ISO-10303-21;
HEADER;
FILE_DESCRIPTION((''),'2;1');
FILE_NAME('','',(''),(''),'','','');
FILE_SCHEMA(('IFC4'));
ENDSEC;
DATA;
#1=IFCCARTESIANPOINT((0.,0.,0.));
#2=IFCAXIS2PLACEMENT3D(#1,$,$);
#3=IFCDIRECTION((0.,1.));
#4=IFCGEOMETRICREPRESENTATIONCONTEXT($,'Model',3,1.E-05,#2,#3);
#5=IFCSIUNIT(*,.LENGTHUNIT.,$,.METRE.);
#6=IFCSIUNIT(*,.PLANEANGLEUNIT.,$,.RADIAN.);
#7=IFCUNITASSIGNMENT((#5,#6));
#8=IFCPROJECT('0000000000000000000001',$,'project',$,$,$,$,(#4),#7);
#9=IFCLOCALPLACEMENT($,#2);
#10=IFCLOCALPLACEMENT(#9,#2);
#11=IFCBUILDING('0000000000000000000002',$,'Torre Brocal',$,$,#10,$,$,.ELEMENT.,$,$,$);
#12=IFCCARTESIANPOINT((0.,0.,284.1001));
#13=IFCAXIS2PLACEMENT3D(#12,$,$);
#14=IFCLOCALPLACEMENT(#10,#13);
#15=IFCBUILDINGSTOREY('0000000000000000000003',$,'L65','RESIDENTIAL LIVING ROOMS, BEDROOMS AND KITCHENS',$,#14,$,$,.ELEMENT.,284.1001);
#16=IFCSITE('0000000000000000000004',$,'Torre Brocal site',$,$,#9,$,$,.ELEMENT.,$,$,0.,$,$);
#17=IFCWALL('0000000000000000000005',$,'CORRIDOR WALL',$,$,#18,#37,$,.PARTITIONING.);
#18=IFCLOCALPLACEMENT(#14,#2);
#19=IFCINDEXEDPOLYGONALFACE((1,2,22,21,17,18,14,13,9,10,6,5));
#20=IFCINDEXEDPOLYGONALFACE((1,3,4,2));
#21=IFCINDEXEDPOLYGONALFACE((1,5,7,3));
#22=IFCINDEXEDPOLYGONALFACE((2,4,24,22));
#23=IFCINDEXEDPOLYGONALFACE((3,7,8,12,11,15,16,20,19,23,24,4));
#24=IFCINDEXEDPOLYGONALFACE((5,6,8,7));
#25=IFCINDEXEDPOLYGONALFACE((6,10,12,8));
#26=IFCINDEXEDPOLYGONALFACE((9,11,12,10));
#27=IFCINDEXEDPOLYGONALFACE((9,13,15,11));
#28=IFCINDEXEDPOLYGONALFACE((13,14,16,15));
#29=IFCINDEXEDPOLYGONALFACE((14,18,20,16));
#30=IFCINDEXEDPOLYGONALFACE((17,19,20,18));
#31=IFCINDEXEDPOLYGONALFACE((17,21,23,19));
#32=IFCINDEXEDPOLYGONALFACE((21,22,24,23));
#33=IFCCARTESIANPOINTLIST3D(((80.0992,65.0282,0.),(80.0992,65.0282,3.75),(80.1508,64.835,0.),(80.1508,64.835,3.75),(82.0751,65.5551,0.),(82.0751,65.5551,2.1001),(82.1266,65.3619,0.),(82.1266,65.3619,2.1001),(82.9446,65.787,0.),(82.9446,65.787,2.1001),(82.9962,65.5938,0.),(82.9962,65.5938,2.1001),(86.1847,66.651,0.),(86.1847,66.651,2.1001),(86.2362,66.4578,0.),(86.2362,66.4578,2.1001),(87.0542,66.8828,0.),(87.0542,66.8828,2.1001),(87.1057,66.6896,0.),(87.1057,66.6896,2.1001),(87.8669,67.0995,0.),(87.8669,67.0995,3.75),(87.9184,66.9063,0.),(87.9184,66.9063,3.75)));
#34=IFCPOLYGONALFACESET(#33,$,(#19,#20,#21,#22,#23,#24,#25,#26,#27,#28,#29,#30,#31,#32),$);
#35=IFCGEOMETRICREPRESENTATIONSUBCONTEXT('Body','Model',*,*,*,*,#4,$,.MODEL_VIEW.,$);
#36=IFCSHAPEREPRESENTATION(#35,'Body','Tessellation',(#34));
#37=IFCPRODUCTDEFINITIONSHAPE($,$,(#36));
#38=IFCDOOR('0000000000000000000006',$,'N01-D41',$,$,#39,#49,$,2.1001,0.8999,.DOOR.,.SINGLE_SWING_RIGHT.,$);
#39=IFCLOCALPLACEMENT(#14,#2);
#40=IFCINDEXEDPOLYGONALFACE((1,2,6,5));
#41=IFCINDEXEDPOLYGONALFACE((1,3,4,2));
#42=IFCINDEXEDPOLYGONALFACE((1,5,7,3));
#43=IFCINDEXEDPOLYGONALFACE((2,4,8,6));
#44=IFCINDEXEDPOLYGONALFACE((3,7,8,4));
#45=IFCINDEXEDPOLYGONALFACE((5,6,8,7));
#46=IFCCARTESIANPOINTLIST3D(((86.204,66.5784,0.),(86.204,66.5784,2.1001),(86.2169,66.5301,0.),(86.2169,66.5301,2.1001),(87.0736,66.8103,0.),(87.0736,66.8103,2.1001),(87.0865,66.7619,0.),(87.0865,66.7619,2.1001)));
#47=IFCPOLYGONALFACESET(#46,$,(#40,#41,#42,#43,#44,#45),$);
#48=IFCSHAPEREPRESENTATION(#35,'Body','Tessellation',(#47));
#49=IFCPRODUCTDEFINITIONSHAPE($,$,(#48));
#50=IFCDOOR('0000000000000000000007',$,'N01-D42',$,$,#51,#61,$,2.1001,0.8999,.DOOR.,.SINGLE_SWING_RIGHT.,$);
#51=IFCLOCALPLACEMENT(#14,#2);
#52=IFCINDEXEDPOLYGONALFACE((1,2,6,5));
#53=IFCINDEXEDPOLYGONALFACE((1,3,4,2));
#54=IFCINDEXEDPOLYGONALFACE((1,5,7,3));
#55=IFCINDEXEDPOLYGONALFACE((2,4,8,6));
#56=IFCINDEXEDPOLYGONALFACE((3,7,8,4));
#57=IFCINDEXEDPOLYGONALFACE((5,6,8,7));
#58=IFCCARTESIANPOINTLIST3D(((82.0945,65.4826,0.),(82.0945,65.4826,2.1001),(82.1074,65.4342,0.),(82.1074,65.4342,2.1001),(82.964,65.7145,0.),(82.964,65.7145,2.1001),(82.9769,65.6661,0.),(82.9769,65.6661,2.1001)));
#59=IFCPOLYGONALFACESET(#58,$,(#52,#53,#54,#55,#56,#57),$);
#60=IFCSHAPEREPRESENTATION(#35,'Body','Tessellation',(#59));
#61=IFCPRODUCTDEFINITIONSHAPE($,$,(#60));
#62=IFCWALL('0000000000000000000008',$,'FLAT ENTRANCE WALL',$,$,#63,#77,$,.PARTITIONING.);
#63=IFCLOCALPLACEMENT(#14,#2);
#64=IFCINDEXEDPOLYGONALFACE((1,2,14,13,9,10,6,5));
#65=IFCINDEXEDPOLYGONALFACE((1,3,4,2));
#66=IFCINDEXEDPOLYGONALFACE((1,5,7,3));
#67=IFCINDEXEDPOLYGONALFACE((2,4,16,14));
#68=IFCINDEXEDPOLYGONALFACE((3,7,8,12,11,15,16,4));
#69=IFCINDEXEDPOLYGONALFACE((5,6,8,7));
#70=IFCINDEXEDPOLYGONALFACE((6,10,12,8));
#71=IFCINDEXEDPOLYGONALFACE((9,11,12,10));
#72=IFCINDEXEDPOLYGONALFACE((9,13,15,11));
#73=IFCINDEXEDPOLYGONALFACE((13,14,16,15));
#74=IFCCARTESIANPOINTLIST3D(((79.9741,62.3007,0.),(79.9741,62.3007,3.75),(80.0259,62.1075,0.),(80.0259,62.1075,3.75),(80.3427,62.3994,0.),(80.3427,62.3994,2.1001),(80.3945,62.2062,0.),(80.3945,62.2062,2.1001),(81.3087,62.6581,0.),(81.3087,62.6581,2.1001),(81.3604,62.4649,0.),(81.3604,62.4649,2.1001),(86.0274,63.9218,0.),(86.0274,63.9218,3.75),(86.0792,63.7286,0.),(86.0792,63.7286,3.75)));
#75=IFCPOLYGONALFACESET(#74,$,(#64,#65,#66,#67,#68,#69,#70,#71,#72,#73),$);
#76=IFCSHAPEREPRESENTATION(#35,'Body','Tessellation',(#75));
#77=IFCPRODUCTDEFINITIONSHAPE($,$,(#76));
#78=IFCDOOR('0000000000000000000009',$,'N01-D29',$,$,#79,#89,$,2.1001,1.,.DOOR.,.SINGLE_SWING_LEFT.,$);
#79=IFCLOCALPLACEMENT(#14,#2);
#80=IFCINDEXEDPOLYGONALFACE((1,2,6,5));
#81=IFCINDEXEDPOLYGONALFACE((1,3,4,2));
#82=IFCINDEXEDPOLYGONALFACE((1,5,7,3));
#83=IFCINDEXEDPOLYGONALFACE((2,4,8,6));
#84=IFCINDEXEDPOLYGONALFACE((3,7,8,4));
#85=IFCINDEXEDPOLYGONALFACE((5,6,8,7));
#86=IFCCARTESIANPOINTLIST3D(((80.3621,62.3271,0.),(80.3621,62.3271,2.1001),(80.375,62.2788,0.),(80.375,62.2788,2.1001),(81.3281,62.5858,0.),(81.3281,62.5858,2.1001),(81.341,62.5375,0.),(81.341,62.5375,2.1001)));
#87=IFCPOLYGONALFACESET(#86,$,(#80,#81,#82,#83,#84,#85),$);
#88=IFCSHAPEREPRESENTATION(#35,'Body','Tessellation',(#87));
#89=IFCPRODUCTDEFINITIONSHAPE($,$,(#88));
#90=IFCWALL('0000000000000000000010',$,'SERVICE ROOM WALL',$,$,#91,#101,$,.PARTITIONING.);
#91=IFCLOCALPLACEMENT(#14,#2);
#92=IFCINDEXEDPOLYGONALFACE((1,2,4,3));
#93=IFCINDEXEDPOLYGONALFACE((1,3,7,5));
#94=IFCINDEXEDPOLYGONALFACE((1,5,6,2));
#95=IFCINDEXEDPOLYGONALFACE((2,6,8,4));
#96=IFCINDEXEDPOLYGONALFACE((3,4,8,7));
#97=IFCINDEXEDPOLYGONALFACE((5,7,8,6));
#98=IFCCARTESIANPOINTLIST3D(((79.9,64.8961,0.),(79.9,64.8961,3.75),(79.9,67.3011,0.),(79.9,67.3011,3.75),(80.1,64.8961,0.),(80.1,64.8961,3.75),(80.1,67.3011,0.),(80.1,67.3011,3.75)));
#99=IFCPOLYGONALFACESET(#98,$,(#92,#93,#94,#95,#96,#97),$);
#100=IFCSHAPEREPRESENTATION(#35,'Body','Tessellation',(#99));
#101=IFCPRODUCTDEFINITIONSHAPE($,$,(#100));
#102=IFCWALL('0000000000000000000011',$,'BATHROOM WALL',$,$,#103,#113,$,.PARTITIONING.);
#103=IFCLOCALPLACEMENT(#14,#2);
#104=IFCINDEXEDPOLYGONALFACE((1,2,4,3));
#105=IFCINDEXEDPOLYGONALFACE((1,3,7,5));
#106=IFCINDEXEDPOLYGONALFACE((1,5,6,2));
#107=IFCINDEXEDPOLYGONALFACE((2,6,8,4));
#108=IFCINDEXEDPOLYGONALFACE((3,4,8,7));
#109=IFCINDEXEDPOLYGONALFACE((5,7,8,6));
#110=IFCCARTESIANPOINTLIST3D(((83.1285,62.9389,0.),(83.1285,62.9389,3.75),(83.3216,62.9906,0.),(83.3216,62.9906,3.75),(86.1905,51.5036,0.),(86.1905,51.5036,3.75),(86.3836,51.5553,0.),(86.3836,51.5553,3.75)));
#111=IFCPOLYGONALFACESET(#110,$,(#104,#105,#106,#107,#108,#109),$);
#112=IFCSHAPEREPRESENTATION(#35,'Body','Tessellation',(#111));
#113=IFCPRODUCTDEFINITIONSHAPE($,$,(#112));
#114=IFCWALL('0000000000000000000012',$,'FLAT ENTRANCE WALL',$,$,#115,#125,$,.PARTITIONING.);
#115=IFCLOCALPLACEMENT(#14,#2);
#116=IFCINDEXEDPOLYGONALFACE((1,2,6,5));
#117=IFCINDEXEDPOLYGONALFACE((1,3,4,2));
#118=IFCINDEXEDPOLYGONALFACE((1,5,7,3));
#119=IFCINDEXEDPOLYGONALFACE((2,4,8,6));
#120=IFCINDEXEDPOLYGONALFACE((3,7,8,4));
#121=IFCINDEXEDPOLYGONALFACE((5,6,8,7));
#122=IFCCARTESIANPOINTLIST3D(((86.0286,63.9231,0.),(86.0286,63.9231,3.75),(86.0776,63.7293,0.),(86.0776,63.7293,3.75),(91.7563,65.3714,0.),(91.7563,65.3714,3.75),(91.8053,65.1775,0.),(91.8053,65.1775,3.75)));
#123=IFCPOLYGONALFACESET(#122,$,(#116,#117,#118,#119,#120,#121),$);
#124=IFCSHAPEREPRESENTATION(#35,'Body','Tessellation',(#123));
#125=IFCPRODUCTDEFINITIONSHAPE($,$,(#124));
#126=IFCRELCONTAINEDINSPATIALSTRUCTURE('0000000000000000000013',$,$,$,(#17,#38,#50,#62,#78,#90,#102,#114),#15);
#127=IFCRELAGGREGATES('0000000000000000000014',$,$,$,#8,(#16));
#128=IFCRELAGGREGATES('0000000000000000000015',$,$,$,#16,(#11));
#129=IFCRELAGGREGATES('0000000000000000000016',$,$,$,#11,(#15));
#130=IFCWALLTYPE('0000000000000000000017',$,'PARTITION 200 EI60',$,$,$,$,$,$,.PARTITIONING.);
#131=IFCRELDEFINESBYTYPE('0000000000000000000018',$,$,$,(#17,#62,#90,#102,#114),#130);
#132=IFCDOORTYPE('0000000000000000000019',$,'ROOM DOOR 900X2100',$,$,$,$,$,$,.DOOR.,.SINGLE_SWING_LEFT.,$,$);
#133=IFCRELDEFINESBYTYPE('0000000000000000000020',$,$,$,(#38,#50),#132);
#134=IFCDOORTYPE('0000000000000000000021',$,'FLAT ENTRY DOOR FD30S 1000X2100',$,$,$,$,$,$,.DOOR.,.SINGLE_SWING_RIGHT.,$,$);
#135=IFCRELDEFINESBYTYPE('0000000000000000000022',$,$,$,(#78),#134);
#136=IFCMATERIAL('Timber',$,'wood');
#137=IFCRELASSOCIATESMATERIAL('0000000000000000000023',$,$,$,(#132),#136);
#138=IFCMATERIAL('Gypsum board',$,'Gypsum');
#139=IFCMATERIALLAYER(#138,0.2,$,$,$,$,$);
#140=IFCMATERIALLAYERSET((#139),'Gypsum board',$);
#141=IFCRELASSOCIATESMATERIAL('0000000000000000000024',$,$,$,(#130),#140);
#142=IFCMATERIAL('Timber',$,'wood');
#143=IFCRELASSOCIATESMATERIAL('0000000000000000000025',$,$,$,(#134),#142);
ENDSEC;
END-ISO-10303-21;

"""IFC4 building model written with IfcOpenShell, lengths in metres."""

from ifc_helpers import new_model, si_unit, direction, frame, frame_2d, origin, place, context, subcontext, project, spatial, rectangle, extrude, material, layer, layer_set, type_object, element, fill, save


model = new_model("IFC4")

# Units and contexts
model_context = context("Model", 3, precision=1e-05, world=origin(), true_north=direction((0.0, 1.0)))
body_context = subcontext(model_context, "Body", "Model", "MODEL_VIEW")
ifc_project = project(units=[si_unit("LENGTHUNIT", "METRE"), si_unit("PLANEANGLEUNIT", "RADIAN")], contexts=[model_context])

# Site, building, storey
site_placement = place(None, origin())
site = spatial("IfcSite", under=ifc_project, at=site_placement, Name="Torre Brocal site", CompositionType="ELEMENT", RefElevation=0.0)
building_placement = place(site_placement, origin())
building = spatial("IfcBuilding", under=site, at=building_placement, Name="Torre Brocal", CompositionType="ELEMENT")
storey_placement = place(building_placement, frame((0.0, 0.0, 284.1001)))
storey = spatial("IfcBuildingStorey", under=building, at=storey_placement, Name="L65", Description="RESIDENTIAL LIVING ROOMS, BEDROOMS AND KITCHENS", CompositionType="ELEMENT", Elevation=284.1001)

# Shared definitions
ifc_material_1 = material(Name="Timber", Category="wood")
door_type_1 = type_object("IfcDoorType", Name="ROOM DOOR 900X2100", OperationType="SINGLE_SWING_LEFT", PredefinedType="DOOR", material=ifc_material_1)

# Wall, openings, doors
ifc_material_2 = material(Name="Gypsum board", Category="Gypsum")
ifc_layer_1 = layer(ifc_material_2, 0.2)
ifc_layer_set_1 = layer_set([ifc_layer_1], Name="Gypsum board")
wall_type_1 = type_object("IfcWallType", Name="PARTITION 200 EI60", PredefinedType="PARTITIONING", material=ifc_layer_set_1)
wall_1_placement = place(storey_placement, frame((80.125, 64.9316, 0.0), z_axis=(0.0, 0.0, 1.0), x_axis=(0.966237, 0.257655, 0.0)))
wall_1 = element("IfcWall", 1, at=wall_1_placement, inside=storey, type_object=wall_type_1, Name="CORRIDOR WALL", PredefinedType="PARTITIONING", context=body_context, shape_type="SweptSolid", body=[
    extrude(rectangle(XDim=8.0391, YDim=0.2, at=frame_2d((4.0195, 0.0))), origin(), (0.0, 0.0, 1.0), 3.75),
])
opening_1_placement = place(wall_1_placement, frame((6.2981, 0.0, 0.0)))
opening_1 = element("IfcOpeningElement", 2, at=opening_1_placement, cuts=wall_1, PredefinedType="OPENING", context=body_context, shape_type="SweptSolid", body=[
    extrude(rectangle(XDim=0.8999, YDim=2.1001, at=frame_2d((0.45, 1.05))), frame((0.0, 0.1099, 0.0), z_axis=(0.0, -1.0, 0.0), x_axis=(1.0, 0.0, 0.0)), (0.0, 0.0, 1.0), 0.22),
])
opening_2_placement = place(wall_1_placement, frame((2.0449, 0.0, 0.0)))
opening_2 = element("IfcOpeningElement", 3, at=opening_2_placement, cuts=wall_1, PredefinedType="OPENING", context=body_context, shape_type="SweptSolid", body=[
    extrude(rectangle(XDim=0.8999, YDim=2.1001, at=frame_2d((0.45, 1.05))), frame((0.0, 0.1099, 0.0), z_axis=(0.0, -1.0, 0.0), x_axis=(1.0, 0.0, 0.0)), (0.0, 0.0, 1.0), 0.22),
])
door_1_placement = place(opening_1_placement, origin())
door_1 = element("IfcDoor", 4, at=door_1_placement, inside=storey, type_object=door_type_1, Name="N01-D41", OperationType="SINGLE_SWING_RIGHT", OverallHeight=2.1001, OverallWidth=0.8999, PredefinedType="DOOR", context=body_context, shape_type="SweptSolid", body=[
    extrude(rectangle(XDim=0.8999, YDim=2.1001, at=frame_2d((0.45, 1.05))), frame((0.0, 0.0249, 0.0), z_axis=(0.0, -1.0, 0.0), x_axis=(1.0, 0.0, 0.0)), (0.0, 0.0, 1.0), 0.05),
])
fill(opening_1, door_1)
door_2_placement = place(opening_2_placement, origin())
door_2 = element("IfcDoor", 5, at=door_2_placement, inside=storey, type_object=door_type_1, Name="N01-D42", OperationType="SINGLE_SWING_RIGHT", OverallHeight=2.1001, OverallWidth=0.8999, PredefinedType="DOOR", context=body_context, shape_type="SweptSolid", body=[
    extrude(rectangle(XDim=0.8999, YDim=2.1001, at=frame_2d((0.45, 1.05))), frame((0.0, 0.0249, 0.0), z_axis=(0.0, -1.0, 0.0), x_axis=(1.0, 0.0, 0.0)), (0.0, 0.0, 1.0), 0.05),
])
fill(opening_2, door_2)

# Wall, opening, door
wall_2_placement = place(storey_placement, frame((80.0, 62.2041, 0.0), z_axis=(0.0, 0.0, 1.0), x_axis=(0.96596, 0.258691, 0.0)))
wall_2 = element("IfcWall", 6, at=wall_2_placement, inside=storey, type_object=wall_type_1, Name="FLAT ENTRANCE WALL", PredefinedType="PARTITIONING", context=body_context, shape_type="SweptSolid", body=[
    extrude(rectangle(XDim=6.2666, YDim=0.2, at=frame_2d((3.1333, 0.0))), origin(), (0.0, 0.0, 1.0), 3.75),
])
opening_3_placement = place(wall_2_placement, frame((0.3816, 0.0, 0.0)))
opening_3 = element("IfcOpeningElement", 7, at=opening_3_placement, cuts=wall_2, PredefinedType="OPENING", context=body_context, shape_type="SweptSolid", body=[
    extrude(rectangle(XDim=1.0, YDim=2.1001, at=frame_2d((0.5, 1.05))), frame((0.0, 0.1099, 0.0), z_axis=(0.0, -1.0, 0.0), x_axis=(1.0, 0.0, 0.0)), (0.0, 0.0, 1.0), 0.22),
])
ifc_material_3 = material(Name="Timber", Category="wood")
door_type_2 = type_object("IfcDoorType", Name="FLAT ENTRY DOOR FD30S 1000X2100", OperationType="SINGLE_SWING_RIGHT", PredefinedType="DOOR", material=ifc_material_3)
door_3_placement = place(opening_3_placement, frame((1.0, 0.0, 0.0), z_axis=(0.0, 0.0, 1.0), x_axis=(-1.0, 0.0, 0.0)))
door_3 = element("IfcDoor", 8, at=door_3_placement, inside=storey, type_object=door_type_2, Name="N01-D29", OperationType="SINGLE_SWING_LEFT", OverallHeight=2.1001, OverallWidth=1.0, PredefinedType="DOOR", context=body_context, shape_type="SweptSolid", body=[
    extrude(rectangle(XDim=1.0, YDim=2.1001, at=frame_2d((0.5, 1.05))), frame((0.0, 0.0249, 0.0), z_axis=(0.0, -1.0, 0.0), x_axis=(1.0, 0.0, 0.0)), (0.0, 0.0, 1.0), 0.05),
])
fill(opening_3, door_3)

# Walls
wall_3_placement = place(storey_placement, frame((80.0, 64.896, 0.0), z_axis=(0.0, 0.0, 1.0), x_axis=(0.0, 1.0, 0.0)))
element("IfcWall", 9, at=wall_3_placement, inside=storey, type_object=wall_type_1, Name="SERVICE ROOM WALL", PredefinedType="PARTITIONING", context=body_context, shape_type="SweptSolid", body=[
    extrude(rectangle(XDim=2.405, YDim=0.2, at=frame_2d((1.2026, 0.0))), origin(), (0.0, 0.0, 1.0), 3.75),
])
wall_4_placement = place(storey_placement, frame((83.2251, 62.9646, 0.0), z_axis=(0.0, 0.0, 1.0), x_axis=(0.258656, -0.965969, 0.0)))
element("IfcWall", 10, at=wall_4_placement, inside=storey, type_object=wall_type_1, Name="BATHROOM WALL", PredefinedType="PARTITIONING", context=body_context, shape_type="SweptSolid", body=[
    extrude(rectangle(XDim=11.8381, YDim=0.2, at=frame_2d((5.9189, 0.0))), origin(), (0.0, 0.0, 1.0), 3.75),
])
wall_5_placement = place(storey_placement, frame((86.053, 63.8262, 0.0), z_axis=(0.0, 0.0, 1.0), x_axis=(0.96949, 0.245131, 0.0)))
element("IfcWall", 11, at=wall_5_placement, inside=storey, type_object=wall_type_1, Name="FLAT ENTRANCE WALL", PredefinedType="PARTITIONING", context=body_context, shape_type="SweptSolid", body=[
    extrude(rectangle(XDim=5.908, YDim=0.2, at=frame_2d((2.9541, 0.0))), origin(), (0.0, 0.0, 1.0), 3.75),
])

save(model, "model.ifc")
